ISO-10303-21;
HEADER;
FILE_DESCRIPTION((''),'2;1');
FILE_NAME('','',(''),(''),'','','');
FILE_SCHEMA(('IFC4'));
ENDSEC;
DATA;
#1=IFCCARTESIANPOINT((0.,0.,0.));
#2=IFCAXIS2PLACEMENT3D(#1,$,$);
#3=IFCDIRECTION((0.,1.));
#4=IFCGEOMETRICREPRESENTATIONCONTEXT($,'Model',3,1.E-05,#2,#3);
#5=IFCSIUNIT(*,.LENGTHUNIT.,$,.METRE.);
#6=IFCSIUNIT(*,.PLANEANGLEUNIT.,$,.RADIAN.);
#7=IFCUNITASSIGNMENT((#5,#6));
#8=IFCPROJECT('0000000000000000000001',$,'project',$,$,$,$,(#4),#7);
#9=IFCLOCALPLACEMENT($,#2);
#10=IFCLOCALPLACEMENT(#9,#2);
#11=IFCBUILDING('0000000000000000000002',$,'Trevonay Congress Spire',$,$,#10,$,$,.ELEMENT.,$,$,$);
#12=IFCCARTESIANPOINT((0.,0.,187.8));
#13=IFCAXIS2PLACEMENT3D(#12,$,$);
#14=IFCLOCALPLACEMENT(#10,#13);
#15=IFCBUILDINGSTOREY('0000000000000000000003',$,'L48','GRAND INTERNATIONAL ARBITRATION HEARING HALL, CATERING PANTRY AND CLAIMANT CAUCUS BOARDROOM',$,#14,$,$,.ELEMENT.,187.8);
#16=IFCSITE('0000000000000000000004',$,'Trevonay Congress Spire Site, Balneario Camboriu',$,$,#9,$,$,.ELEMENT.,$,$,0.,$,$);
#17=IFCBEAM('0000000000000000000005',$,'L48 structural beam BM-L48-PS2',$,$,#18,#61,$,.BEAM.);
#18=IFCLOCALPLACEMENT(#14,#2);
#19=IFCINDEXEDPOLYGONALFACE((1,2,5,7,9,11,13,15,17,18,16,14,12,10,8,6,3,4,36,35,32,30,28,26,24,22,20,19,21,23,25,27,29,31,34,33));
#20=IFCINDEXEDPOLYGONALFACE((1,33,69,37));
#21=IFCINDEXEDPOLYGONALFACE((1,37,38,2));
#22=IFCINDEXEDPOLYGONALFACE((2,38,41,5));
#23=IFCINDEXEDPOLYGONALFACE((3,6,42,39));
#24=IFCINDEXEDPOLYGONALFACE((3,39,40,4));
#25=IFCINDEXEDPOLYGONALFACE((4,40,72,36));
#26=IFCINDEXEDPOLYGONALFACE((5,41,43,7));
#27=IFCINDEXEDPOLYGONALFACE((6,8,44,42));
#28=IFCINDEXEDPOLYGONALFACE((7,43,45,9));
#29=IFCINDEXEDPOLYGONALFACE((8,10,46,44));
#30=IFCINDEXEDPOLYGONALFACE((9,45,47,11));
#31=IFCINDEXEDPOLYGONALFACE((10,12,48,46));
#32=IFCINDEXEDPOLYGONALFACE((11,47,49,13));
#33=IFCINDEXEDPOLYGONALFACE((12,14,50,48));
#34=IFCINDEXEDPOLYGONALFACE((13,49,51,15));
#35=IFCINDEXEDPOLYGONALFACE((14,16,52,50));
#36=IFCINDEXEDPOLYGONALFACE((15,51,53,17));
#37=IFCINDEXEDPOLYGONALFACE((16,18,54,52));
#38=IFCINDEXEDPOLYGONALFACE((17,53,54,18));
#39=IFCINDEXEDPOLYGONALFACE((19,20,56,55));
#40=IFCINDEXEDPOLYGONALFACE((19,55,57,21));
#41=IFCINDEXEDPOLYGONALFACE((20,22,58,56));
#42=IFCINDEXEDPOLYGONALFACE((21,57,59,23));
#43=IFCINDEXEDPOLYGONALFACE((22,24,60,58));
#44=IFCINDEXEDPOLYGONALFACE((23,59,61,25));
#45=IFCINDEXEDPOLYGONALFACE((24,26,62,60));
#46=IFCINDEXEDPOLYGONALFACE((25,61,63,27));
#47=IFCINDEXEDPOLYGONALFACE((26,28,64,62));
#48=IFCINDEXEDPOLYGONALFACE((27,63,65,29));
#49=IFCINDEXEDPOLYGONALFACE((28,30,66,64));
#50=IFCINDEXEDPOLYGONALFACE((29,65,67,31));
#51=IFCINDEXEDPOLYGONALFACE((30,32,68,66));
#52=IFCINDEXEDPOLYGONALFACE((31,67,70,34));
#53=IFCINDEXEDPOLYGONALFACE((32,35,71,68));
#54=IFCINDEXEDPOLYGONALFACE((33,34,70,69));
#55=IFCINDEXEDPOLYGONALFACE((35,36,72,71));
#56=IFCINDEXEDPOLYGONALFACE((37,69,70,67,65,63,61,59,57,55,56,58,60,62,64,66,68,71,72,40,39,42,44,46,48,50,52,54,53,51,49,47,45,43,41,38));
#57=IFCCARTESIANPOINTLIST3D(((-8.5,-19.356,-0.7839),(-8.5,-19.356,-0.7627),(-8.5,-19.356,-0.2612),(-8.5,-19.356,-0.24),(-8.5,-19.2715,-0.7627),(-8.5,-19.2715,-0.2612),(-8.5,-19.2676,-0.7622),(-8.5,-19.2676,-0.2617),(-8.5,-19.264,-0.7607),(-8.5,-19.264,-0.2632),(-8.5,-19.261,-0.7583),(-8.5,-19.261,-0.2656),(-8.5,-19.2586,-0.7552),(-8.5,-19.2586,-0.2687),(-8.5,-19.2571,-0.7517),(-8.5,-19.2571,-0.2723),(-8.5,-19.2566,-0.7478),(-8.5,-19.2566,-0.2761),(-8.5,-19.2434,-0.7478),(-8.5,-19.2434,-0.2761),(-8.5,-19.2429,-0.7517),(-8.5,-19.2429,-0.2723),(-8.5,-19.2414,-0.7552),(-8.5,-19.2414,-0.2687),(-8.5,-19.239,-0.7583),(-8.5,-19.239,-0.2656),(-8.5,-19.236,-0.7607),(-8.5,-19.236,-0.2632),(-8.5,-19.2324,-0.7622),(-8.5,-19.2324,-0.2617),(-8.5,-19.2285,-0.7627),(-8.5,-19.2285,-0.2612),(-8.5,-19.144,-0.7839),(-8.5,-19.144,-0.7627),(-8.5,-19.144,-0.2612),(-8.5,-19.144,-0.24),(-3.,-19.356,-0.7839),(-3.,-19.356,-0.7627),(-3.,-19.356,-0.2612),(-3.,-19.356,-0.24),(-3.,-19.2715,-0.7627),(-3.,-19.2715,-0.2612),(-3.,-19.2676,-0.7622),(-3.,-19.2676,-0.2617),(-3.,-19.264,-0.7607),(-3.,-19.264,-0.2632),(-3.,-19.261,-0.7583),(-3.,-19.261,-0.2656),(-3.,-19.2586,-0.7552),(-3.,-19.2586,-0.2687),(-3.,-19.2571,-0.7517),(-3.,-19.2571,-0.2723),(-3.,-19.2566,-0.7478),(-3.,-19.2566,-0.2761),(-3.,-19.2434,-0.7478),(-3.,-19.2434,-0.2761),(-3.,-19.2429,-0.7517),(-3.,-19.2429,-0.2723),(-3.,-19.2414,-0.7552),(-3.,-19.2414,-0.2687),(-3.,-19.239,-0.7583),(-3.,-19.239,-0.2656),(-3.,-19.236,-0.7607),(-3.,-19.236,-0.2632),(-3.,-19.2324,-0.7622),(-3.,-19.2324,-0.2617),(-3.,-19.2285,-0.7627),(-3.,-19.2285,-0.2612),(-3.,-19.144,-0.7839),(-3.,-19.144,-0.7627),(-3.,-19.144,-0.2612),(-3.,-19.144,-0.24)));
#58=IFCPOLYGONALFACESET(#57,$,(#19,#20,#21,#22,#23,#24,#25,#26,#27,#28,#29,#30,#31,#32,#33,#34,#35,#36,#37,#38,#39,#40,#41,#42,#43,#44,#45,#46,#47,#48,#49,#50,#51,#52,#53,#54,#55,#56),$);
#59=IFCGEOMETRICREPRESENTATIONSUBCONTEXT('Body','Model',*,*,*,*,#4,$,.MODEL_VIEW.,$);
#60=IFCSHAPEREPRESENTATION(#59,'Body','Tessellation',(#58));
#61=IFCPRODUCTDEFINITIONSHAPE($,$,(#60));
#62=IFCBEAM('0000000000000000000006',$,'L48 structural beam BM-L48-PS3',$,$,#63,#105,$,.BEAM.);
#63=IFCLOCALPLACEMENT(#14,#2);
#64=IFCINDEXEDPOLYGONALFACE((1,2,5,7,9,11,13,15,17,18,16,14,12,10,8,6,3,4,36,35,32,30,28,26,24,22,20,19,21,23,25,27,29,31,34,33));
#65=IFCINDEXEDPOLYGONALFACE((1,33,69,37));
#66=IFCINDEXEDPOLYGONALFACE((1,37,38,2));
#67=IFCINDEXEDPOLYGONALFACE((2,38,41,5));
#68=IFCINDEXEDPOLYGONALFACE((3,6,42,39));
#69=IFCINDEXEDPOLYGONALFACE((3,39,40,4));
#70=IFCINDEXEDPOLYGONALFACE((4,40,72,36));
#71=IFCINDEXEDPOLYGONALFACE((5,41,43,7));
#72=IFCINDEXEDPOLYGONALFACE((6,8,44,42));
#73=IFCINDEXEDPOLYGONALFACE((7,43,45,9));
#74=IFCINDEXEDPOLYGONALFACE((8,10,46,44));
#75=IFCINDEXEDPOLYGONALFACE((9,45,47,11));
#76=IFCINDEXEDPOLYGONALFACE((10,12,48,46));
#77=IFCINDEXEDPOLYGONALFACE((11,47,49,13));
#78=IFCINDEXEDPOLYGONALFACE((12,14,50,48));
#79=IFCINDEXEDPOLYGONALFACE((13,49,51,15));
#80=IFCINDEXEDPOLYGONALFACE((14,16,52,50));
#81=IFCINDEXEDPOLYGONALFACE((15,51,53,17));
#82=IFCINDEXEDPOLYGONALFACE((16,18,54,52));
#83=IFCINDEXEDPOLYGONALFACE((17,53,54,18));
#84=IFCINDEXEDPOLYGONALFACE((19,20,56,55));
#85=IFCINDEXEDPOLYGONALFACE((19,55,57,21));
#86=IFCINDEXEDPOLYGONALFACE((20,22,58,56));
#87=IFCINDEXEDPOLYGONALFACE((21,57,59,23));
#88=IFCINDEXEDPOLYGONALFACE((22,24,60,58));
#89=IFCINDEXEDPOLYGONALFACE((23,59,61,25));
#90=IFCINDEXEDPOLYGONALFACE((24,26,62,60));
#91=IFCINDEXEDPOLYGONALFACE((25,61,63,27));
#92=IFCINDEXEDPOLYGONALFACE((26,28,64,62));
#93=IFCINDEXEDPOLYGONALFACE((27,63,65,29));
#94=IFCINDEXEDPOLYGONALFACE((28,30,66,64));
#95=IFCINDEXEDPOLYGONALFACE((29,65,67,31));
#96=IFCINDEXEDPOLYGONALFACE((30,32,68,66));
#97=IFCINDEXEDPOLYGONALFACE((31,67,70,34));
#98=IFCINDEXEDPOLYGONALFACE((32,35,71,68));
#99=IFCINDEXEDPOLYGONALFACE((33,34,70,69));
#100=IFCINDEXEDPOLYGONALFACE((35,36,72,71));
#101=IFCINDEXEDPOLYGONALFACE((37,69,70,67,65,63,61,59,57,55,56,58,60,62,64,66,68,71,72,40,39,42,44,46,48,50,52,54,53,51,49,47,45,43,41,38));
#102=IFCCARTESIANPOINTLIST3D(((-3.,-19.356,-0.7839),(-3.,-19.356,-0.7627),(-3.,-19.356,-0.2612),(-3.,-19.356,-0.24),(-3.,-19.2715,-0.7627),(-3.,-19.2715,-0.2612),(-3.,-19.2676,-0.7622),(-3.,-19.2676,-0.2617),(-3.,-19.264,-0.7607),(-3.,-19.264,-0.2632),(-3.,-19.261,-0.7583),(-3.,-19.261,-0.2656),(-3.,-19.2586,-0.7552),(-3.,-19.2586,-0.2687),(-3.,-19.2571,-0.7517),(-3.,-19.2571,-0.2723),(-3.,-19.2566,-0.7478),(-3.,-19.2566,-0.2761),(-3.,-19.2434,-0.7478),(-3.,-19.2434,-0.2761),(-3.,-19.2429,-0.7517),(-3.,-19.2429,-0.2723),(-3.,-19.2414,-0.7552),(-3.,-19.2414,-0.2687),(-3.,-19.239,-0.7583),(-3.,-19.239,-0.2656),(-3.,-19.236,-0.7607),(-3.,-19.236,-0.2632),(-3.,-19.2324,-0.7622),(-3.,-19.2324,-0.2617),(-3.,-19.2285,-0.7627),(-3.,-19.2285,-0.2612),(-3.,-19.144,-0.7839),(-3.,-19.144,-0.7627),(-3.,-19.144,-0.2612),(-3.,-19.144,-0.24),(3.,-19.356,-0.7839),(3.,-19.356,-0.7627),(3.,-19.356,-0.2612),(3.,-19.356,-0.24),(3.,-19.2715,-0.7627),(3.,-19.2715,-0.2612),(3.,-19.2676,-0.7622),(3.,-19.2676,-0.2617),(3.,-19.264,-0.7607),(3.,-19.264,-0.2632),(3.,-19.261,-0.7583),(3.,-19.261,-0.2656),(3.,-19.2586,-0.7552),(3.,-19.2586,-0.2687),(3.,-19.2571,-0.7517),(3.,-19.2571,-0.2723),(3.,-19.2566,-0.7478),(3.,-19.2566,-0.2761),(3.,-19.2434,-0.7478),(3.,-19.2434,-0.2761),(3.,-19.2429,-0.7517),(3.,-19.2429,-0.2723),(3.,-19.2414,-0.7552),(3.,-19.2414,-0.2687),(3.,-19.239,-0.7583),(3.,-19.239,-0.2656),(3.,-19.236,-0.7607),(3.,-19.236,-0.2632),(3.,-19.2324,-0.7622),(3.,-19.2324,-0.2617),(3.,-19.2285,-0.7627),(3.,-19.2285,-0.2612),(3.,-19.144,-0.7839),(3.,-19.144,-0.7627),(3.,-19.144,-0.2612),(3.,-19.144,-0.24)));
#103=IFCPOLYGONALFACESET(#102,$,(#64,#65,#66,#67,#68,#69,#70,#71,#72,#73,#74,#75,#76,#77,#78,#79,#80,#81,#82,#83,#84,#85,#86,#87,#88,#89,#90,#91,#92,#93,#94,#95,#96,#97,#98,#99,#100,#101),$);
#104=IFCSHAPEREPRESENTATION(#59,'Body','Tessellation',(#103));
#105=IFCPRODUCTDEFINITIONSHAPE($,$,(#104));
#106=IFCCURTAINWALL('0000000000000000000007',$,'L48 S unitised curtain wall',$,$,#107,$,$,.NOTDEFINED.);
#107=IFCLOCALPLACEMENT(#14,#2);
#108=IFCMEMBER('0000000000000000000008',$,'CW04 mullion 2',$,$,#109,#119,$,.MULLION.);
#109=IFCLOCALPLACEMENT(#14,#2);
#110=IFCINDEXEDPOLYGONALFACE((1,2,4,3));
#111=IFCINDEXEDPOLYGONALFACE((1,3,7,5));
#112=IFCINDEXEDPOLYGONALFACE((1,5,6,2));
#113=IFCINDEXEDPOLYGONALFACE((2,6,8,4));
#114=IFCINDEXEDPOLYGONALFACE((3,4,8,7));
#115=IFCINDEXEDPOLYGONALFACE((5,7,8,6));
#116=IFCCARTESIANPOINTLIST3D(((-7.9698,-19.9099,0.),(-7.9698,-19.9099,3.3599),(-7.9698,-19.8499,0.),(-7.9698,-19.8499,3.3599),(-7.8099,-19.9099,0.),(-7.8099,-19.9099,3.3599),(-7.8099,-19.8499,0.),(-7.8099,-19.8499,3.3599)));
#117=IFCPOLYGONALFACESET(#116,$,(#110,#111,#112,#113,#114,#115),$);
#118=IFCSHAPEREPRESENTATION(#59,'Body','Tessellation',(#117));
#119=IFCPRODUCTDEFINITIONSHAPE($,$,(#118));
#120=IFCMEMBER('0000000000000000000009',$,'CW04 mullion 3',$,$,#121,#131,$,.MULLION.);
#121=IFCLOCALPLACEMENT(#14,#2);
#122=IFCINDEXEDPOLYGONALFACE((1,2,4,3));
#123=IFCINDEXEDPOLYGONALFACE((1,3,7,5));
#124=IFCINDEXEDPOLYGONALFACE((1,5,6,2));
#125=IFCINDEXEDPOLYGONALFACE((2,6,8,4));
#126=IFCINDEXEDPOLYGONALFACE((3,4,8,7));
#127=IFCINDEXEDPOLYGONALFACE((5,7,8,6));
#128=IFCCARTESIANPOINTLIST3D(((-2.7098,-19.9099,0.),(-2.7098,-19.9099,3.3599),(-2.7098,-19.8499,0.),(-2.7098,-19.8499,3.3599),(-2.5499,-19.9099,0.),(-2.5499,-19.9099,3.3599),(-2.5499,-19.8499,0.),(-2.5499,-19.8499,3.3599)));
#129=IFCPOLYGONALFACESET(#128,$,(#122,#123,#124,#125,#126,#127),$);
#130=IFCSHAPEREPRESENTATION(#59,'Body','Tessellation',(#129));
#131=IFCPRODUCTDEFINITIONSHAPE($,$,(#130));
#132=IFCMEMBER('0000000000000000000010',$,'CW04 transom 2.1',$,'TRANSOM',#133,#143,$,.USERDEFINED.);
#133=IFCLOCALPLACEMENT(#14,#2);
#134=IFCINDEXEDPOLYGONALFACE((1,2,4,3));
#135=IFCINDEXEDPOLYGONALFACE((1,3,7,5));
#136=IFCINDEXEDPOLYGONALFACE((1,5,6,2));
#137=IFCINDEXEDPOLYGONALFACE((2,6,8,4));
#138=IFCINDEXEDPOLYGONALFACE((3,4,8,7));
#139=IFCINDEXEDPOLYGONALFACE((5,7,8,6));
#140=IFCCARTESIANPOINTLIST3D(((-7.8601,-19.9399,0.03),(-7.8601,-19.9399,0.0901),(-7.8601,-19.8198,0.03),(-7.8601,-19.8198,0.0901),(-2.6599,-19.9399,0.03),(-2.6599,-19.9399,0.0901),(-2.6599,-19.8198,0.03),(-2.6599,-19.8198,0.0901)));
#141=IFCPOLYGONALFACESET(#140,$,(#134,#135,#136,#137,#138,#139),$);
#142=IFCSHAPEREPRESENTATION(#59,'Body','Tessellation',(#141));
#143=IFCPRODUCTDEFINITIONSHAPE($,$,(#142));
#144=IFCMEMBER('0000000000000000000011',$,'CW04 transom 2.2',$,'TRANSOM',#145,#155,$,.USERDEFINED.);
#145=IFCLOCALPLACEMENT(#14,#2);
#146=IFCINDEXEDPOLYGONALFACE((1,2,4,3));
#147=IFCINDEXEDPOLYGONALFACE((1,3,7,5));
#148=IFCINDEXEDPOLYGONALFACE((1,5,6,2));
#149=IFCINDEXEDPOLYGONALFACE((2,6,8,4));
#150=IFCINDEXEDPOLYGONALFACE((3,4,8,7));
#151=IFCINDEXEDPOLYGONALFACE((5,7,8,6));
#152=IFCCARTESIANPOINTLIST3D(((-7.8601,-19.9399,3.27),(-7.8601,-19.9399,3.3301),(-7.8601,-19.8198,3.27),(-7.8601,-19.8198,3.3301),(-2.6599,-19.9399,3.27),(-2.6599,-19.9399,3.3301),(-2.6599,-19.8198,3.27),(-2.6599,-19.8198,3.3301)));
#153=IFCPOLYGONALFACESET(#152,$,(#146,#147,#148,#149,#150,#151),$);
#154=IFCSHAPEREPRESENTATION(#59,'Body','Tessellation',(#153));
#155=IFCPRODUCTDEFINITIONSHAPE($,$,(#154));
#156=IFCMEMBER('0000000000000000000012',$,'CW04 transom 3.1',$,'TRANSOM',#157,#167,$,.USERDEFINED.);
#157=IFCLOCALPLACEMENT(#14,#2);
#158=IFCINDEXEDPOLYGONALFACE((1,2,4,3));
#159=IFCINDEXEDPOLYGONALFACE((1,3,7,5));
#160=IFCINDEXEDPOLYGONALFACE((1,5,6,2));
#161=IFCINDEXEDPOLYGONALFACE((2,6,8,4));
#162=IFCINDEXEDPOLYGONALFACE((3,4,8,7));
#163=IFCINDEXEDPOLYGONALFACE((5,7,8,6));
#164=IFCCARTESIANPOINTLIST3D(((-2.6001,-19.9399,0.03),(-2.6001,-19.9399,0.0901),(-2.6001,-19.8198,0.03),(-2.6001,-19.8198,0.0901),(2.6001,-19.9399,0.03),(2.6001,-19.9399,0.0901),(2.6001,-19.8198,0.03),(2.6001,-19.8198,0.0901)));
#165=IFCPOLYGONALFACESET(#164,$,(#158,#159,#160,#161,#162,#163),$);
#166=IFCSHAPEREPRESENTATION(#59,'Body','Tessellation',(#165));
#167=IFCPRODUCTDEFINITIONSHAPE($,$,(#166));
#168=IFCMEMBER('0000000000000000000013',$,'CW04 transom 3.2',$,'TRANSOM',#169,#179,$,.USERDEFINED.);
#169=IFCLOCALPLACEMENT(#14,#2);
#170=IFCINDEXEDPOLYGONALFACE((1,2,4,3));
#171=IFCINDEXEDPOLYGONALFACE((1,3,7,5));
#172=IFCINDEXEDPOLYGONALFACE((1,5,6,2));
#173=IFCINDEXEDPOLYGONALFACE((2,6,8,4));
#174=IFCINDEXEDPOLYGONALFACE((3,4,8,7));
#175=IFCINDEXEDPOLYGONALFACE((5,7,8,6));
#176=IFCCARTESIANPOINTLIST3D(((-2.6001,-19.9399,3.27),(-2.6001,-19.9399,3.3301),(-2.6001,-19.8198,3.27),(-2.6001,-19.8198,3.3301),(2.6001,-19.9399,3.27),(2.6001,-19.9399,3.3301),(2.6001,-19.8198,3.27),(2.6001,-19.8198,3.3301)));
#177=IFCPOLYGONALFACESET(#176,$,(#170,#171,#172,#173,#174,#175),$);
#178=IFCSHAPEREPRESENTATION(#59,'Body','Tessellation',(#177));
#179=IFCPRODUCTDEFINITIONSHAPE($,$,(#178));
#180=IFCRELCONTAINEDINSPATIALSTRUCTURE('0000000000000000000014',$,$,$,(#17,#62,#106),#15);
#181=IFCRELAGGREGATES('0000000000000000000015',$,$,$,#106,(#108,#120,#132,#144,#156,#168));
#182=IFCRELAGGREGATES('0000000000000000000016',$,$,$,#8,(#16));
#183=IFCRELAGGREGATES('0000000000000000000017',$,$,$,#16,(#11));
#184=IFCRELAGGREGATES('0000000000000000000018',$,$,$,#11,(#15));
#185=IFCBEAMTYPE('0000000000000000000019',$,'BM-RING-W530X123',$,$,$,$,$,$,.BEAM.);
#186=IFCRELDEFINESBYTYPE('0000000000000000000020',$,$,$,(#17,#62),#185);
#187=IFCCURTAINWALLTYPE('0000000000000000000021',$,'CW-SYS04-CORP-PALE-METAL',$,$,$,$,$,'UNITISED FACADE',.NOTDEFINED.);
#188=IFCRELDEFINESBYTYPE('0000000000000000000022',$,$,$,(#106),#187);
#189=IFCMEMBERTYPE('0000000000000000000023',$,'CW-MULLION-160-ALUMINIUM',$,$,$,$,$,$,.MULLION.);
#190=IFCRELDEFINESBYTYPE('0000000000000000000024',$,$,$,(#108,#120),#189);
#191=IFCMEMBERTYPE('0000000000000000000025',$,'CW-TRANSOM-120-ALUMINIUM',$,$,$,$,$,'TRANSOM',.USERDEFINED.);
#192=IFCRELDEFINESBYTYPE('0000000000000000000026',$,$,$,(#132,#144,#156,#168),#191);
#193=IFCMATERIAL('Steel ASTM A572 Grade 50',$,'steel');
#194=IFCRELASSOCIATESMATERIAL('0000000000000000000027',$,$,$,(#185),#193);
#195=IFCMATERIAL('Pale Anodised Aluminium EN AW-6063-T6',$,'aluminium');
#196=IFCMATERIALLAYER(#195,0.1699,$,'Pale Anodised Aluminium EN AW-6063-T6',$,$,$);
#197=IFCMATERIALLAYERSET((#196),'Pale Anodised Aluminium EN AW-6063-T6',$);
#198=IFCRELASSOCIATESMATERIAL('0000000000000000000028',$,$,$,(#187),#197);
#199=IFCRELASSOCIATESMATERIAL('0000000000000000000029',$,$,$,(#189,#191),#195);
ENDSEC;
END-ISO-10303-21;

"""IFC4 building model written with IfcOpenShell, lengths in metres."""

from ifc_helpers import new_model, si_unit, direction, frame, origin, origin_2d, place, context, subcontext, project, spatial, rectangle, i_section, extrude, material, layer, layer_set, material_profile, profile_set, type_object, element, aggregate, save


model = new_model("IFC4")

# Units and contexts
model_context = context("Model", 3, precision=1e-05, world=origin(), true_north=direction((0.0, 1.0)))
body_context = subcontext(model_context, "Body", "Model", "MODEL_VIEW")
ifc_project = project(units=[si_unit("LENGTHUNIT", "METRE"), si_unit("PLANEANGLEUNIT", "RADIAN")], contexts=[model_context])

# Site, building, storey
site_placement = place(None, origin())
site = spatial("IfcSite", under=ifc_project, at=site_placement, Name="Trevonay Congress Spire Site, Balneario Camboriu", CompositionType="ELEMENT", RefElevation=0.0)
building_placement = place(site_placement, origin())
building = spatial("IfcBuilding", under=site, at=building_placement, Name="Trevonay Congress Spire", CompositionType="ELEMENT")
storey_placement = place(building_placement, frame((0.0, 0.0, 187.8)))
storey = spatial("IfcBuildingStorey", under=building, at=storey_placement, Name="L48", Description="GRAND INTERNATIONAL ARBITRATION HEARING HALL, CATERING PANTRY AND CLAIMANT CAUCUS BOARDROOM", CompositionType="ELEMENT", Elevation=187.8)

# Shared definitions
ifc_material_1 = material(Name="Steel ASTM A572 Grade 50", Category="steel")

# Beams
ifc_material_profile_1 = material_profile(ifc_material_1, i_section(OverallWidth=0.2119, OverallDepth=0.5439, WebThickness=0.0132, FlangeThickness=0.0212, FilletRadius=0.0149, at=origin_2d()), Name="W530x123")
ifc_profile_set_1 = profile_set([ifc_material_profile_1], Name="Steel ASTM A572 Grade 50")
beam_type_1 = type_object("IfcBeamType", Name="BM-RING-W530X123", PredefinedType="BEAM", material=ifc_profile_set_1)
beam_1_placement = place(storey_placement, frame((-8.5, -19.25, -0.512), z_axis=(1.0, 0.0, 0.0), x_axis=(0.0, 1.0, 0.0)))
element("IfcBeam", 1, at=beam_1_placement, inside=storey, type_object=beam_type_1, Name="L48 structural beam BM-L48-PS2", PredefinedType="BEAM", context=body_context, shape_type="SweptSolid", body=[
    extrude(i_section(OverallWidth=0.2119, OverallDepth=0.5439, WebThickness=0.0132, FlangeThickness=0.0212, FilletRadius=0.0149, at=origin_2d()), origin(), (0.0, 0.0, 1.0), 5.5),
])
beam_2_placement = place(storey_placement, frame((-3.0, -19.25, -0.512), z_axis=(1.0, 0.0, 0.0), x_axis=(0.0, 1.0, 0.0)))
element("IfcBeam", 2, at=beam_2_placement, inside=storey, type_object=beam_type_1, Name="L48 structural beam BM-L48-PS3", PredefinedType="BEAM", context=body_context, shape_type="SweptSolid", body=[
    extrude(i_section(OverallWidth=0.2119, OverallDepth=0.5439, WebThickness=0.0132, FlangeThickness=0.0212, FilletRadius=0.0149, at=origin_2d()), origin(), (0.0, 0.0, 1.0), 6.0),
])

# Curtain wall, members
ifc_material_2 = material(Name="Pale Anodised Aluminium EN AW-6063-T6", Category="aluminium")
ifc_layer_1 = layer(ifc_material_2, 0.1699, Name="Pale Anodised Aluminium EN AW-6063-T6")
ifc_layer_set_1 = layer_set([ifc_layer_1], Name="Pale Anodised Aluminium EN AW-6063-T6")
curtain_wall_type = type_object("IfcCurtainWallType", Name="CW-SYS04-CORP-PALE-METAL", ElementType="UNITISED FACADE", PredefinedType="NOTDEFINED", material=ifc_layer_set_1)
curtain_wall_placement = place(storey_placement, origin())
curtain_wall = element("IfcCurtainWall", 3, at=curtain_wall_placement, inside=storey, type_object=curtain_wall_type, Name="L48 S unitised curtain wall", PredefinedType="NOTDEFINED")
ifc_material_profile_2 = material_profile(ifc_material_2, rectangle(XDim=0.0601, YDim=0.1599, at=origin_2d()), Name="CW-MULLION-160-ALUMINIUM")
ifc_profile_set_2 = profile_set([ifc_material_profile_2], Name="Pale Anodised Aluminium EN AW-6063-T6")
member_type_1 = type_object("IfcMemberType", Name="CW-MULLION-160-ALUMINIUM", PredefinedType="MULLION", material=ifc_profile_set_2)
member_1_placement = place(storey_placement, frame((-7.8899, -19.8799, 0.0), z_axis=(0.0, 0.0, 1.0), x_axis=(0.0, 1.0, 0.0)))
member_1 = element("IfcMember", 4, at=member_1_placement, type_object=member_type_1, Name="CW04 mullion 2", PredefinedType="MULLION", context=body_context, shape_type="SweptSolid", body=[
    extrude(rectangle(XDim=0.0601, YDim=0.1599, at=origin_2d()), origin(), (0.0, 0.0, 1.0), 3.3599),
])
member_2_placement = place(storey_placement, frame((-2.6299, -19.8799, 0.0), z_axis=(0.0, 0.0, 1.0), x_axis=(0.0, 1.0, 0.0)))
member_2 = element("IfcMember", 5, at=member_2_placement, type_object=member_type_1, Name="CW04 mullion 3", PredefinedType="MULLION", context=body_context, shape_type="SweptSolid", body=[
    extrude(rectangle(XDim=0.0601, YDim=0.1599, at=origin_2d()), origin(), (0.0, 0.0, 1.0), 3.3599),
])
ifc_material_profile_3 = material_profile(ifc_material_2, rectangle(XDim=0.1201, YDim=0.0601, at=origin_2d()), Name="CW-TRANSOM-120-ALUMINIUM")
ifc_profile_set_3 = profile_set([ifc_material_profile_3], Name="Pale Anodised Aluminium EN AW-6063-T6")
member_type_2 = type_object("IfcMemberType", Name="CW-TRANSOM-120-ALUMINIUM", ElementType="TRANSOM", PredefinedType="USERDEFINED", material=ifc_profile_set_3)
member_3_placement = place(storey_placement, frame((-7.8601, -19.8799, 0.0601), z_axis=(1.0, 0.0, 0.0), x_axis=(0.0, 1.0, 0.0)))
member_3 = element("IfcMember", 6, at=member_3_placement, type_object=member_type_2, Name="CW04 transom 2.1", ObjectType="TRANSOM", PredefinedType="USERDEFINED", context=body_context, shape_type="SweptSolid", body=[
    extrude(rectangle(XDim=0.1201, YDim=0.0601, at=origin_2d()), origin(), (0.0, 0.0, 1.0), 5.2002),
])
member_4_placement = place(storey_placement, frame((-7.8601, -19.8799, 3.3), z_axis=(1.0, 0.0, 0.0), x_axis=(0.0, 1.0, 0.0)))
member_4 = element("IfcMember", 7, at=member_4_placement, type_object=member_type_2, Name="CW04 transom 2.2", ObjectType="TRANSOM", PredefinedType="USERDEFINED", context=body_context, shape_type="SweptSolid", body=[
    extrude(rectangle(XDim=0.1201, YDim=0.0601, at=origin_2d()), origin(), (0.0, 0.0, 1.0), 5.2002),
])
member_5_placement = place(storey_placement, frame((-2.6001, -19.8799, 0.0601), z_axis=(1.0, 0.0, 0.0), x_axis=(0.0, 1.0, 0.0)))
member_5 = element("IfcMember", 8, at=member_5_placement, type_object=member_type_2, Name="CW04 transom 3.1", ObjectType="TRANSOM", PredefinedType="USERDEFINED", context=body_context, shape_type="SweptSolid", body=[
    extrude(rectangle(XDim=0.1201, YDim=0.0601, at=origin_2d()), origin(), (0.0, 0.0, 1.0), 5.2002),
])
member_6_placement = place(storey_placement, frame((-2.6001, -19.8799, 3.3), z_axis=(1.0, 0.0, 0.0), x_axis=(0.0, 1.0, 0.0)))
member_6 = element("IfcMember", 9, at=member_6_placement, type_object=member_type_2, Name="CW04 transom 3.2", ObjectType="TRANSOM", PredefinedType="USERDEFINED", context=body_context, shape_type="SweptSolid", body=[
    extrude(rectangle(XDim=0.1201, YDim=0.0601, at=origin_2d()), origin(), (0.0, 0.0, 1.0), 5.2002),
])

aggregate(curtain_wall, [member_1, member_2, member_3, member_4, member_5, member_6])

save(model, "model.ifc")
